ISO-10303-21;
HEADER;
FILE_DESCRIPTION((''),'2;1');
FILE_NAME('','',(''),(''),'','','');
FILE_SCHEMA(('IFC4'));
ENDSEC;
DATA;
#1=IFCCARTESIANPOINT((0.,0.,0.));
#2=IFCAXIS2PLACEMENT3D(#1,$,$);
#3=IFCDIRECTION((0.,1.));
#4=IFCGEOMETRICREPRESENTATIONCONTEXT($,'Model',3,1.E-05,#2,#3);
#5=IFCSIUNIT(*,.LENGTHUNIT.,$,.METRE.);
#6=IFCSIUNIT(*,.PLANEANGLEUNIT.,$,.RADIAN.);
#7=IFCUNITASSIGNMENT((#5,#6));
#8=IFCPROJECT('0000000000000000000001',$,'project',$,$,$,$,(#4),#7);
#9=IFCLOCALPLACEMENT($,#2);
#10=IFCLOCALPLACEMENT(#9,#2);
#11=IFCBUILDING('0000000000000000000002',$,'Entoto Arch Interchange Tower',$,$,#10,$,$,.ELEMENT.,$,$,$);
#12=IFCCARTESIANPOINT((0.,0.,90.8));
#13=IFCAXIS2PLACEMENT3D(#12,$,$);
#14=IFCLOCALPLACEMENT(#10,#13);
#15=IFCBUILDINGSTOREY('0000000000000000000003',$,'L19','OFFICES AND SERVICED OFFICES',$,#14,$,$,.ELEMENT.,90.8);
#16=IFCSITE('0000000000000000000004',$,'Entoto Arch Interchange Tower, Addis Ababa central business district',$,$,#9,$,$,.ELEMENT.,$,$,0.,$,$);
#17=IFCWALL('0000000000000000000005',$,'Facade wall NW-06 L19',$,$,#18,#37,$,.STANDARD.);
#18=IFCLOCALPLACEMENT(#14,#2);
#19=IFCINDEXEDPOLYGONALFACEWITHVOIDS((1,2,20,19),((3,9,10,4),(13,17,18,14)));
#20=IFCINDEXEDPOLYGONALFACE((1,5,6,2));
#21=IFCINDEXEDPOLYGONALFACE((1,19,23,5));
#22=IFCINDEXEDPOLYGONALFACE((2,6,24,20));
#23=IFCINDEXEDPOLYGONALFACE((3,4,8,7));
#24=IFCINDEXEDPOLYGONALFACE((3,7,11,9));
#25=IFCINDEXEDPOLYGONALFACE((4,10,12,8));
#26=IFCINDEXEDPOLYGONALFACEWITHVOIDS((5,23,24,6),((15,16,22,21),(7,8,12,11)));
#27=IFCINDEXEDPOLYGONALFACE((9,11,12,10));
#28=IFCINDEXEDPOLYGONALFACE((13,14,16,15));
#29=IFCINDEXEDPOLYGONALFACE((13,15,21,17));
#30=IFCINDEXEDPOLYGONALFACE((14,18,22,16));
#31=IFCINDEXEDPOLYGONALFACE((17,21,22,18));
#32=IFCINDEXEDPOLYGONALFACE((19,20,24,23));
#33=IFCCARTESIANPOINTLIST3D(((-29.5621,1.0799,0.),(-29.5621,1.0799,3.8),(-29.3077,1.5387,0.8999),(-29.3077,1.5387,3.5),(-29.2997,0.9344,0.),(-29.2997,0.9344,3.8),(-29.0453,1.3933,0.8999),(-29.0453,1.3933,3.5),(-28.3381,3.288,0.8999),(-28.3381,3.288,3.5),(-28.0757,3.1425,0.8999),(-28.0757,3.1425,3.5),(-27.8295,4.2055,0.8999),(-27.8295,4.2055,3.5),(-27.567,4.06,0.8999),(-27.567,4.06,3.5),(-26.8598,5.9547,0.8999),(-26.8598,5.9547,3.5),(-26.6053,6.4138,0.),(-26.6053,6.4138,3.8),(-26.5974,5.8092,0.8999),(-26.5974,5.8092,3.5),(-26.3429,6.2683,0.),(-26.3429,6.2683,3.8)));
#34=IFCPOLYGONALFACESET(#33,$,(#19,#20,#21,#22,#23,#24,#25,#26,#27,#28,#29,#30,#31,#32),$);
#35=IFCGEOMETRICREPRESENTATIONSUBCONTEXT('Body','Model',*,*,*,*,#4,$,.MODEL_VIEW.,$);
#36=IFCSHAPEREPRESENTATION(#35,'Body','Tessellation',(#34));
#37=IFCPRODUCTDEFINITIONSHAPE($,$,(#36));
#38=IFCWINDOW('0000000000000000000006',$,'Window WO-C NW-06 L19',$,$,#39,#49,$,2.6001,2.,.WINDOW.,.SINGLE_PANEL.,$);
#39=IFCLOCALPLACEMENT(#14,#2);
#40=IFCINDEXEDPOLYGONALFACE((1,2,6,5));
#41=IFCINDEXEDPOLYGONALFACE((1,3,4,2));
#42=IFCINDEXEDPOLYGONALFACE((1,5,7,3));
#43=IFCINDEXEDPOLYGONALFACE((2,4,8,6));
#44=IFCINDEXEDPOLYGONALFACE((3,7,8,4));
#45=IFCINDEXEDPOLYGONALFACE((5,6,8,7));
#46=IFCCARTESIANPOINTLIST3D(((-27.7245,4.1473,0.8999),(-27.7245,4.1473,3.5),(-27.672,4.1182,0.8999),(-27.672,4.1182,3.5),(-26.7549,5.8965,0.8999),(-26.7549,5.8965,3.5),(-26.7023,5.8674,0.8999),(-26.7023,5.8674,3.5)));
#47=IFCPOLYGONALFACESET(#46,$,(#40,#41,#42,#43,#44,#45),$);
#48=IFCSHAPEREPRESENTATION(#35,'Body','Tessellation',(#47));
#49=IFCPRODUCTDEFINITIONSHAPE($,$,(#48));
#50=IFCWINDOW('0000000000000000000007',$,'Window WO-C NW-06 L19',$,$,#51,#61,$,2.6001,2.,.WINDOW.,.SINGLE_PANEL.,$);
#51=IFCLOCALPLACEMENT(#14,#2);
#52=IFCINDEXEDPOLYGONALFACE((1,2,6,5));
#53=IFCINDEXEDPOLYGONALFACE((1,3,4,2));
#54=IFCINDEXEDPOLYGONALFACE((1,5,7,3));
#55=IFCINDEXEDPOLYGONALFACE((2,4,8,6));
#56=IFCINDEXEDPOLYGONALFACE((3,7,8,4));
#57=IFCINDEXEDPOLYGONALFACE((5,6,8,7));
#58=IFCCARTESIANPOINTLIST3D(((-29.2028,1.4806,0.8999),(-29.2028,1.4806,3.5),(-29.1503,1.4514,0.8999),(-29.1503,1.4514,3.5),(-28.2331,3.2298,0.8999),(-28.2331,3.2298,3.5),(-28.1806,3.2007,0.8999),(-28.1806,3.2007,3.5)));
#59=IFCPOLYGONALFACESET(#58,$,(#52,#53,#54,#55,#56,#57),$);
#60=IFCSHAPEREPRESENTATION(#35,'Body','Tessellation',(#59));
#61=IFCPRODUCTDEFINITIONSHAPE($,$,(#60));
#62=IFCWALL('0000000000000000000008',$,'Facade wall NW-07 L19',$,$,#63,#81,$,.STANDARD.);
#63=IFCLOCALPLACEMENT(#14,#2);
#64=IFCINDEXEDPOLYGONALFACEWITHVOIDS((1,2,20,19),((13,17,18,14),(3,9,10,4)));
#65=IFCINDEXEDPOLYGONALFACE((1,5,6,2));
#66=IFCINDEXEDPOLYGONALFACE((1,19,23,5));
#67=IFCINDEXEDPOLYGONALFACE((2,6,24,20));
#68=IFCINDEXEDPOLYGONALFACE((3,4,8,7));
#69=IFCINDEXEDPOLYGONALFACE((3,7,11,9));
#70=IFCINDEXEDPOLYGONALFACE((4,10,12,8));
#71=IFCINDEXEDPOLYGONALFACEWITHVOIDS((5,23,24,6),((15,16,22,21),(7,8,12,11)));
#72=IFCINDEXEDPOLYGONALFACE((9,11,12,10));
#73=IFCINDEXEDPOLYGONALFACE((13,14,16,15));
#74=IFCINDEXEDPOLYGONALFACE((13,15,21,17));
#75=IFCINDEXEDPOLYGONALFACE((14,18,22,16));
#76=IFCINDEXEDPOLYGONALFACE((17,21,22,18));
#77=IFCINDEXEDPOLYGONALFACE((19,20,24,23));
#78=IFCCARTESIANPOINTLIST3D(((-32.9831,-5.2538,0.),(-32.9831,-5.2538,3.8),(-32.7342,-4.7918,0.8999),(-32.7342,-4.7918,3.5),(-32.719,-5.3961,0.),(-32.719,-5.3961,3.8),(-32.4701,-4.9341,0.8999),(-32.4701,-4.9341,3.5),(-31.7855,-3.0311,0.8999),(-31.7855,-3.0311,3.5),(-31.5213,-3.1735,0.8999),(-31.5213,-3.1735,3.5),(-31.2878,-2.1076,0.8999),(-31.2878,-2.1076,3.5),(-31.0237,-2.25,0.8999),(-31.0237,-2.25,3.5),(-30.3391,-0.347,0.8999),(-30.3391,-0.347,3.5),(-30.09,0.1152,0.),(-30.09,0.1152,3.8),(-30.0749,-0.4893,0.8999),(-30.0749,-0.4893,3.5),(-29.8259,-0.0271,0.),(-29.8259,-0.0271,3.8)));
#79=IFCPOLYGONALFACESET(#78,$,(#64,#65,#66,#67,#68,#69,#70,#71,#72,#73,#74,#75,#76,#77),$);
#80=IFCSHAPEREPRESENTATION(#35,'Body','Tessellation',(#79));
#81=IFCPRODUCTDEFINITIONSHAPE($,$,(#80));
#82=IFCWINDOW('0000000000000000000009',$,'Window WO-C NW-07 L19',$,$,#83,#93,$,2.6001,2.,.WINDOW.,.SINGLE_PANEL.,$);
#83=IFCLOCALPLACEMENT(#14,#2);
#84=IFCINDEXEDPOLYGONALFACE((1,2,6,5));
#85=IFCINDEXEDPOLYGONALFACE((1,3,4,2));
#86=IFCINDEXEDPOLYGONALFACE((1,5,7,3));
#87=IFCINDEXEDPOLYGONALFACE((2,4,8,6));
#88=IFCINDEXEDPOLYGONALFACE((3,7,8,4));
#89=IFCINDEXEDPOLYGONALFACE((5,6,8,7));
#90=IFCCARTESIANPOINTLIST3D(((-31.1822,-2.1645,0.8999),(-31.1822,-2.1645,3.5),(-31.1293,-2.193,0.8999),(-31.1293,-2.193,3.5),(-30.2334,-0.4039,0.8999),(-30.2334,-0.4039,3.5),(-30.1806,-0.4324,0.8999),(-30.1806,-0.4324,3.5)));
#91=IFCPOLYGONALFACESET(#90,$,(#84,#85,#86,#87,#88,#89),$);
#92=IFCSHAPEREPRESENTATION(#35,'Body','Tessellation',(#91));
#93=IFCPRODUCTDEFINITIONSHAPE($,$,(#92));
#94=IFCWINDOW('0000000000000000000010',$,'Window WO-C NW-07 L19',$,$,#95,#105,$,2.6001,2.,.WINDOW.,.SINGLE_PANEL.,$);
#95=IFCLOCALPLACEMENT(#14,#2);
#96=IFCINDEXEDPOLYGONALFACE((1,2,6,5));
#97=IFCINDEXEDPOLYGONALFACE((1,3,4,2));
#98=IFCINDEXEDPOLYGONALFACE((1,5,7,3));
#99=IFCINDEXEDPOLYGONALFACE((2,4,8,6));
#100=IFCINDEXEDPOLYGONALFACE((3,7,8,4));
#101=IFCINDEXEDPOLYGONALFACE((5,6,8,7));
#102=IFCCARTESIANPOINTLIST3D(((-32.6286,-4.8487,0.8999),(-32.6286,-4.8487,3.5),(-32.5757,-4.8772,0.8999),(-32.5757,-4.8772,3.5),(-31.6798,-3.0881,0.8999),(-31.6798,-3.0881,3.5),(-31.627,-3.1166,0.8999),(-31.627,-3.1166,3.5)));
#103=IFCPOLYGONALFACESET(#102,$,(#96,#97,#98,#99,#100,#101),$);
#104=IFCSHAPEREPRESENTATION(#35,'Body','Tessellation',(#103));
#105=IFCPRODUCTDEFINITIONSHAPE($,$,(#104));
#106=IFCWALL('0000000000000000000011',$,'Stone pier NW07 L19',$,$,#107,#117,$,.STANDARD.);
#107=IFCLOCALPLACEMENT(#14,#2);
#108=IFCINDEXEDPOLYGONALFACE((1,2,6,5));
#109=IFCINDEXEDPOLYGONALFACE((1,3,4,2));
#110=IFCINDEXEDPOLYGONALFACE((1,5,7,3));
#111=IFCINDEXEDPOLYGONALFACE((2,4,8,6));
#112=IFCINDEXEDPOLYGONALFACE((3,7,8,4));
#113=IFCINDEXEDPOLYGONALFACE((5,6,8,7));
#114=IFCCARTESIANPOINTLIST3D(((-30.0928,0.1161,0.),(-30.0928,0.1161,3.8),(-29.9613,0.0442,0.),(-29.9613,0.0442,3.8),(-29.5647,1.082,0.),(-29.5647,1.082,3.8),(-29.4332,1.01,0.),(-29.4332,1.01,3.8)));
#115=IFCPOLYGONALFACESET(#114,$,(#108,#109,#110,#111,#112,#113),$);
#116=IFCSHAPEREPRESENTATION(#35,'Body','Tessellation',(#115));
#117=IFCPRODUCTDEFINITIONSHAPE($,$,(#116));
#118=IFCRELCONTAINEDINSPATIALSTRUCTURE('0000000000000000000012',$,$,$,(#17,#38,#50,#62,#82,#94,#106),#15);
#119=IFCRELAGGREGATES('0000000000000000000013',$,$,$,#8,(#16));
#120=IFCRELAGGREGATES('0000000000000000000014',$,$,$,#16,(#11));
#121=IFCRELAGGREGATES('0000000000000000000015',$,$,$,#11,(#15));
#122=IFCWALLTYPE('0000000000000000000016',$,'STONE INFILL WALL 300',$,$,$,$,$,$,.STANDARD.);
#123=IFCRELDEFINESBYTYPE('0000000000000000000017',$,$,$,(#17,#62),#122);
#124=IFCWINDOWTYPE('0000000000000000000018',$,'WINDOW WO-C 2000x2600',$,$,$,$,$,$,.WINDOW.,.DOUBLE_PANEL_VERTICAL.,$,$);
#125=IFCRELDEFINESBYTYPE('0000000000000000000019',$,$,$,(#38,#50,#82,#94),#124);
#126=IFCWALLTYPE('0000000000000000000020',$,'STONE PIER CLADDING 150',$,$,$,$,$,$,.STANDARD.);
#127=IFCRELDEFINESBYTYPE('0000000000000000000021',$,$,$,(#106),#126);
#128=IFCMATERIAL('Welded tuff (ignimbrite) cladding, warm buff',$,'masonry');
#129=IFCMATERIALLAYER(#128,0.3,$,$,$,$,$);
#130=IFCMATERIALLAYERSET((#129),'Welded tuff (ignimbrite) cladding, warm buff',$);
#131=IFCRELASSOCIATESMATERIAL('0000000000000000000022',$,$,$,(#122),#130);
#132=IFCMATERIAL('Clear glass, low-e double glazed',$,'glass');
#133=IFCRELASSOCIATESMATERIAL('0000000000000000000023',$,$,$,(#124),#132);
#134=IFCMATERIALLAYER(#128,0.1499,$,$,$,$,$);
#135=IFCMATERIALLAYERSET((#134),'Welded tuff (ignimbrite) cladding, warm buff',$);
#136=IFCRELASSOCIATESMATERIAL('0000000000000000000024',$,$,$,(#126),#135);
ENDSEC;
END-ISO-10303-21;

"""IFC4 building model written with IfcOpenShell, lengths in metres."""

from ifc_helpers import new_model, si_unit, direction, frame, frame_2d, origin, place, context, subcontext, project, spatial, rectangle, extrude, material, layer, layer_set, type_object, element, fill, save


model = new_model("IFC4")

# Units and contexts
model_context = context("Model", 3, precision=1e-05, world=origin(), true_north=direction((0.0, 1.0)))
body_context = subcontext(model_context, "Body", "Model", "MODEL_VIEW")
ifc_project = project(units=[si_unit("LENGTHUNIT", "METRE"), si_unit("PLANEANGLEUNIT", "RADIAN")], contexts=[model_context])

# Site, building, storey
site_placement = place(None, origin())
site = spatial("IfcSite", under=ifc_project, at=site_placement, Name="Entoto Arch Interchange Tower, Addis Ababa central business district", CompositionType="ELEMENT", RefElevation=0.0)
building_placement = place(site_placement, origin())
building = spatial("IfcBuilding", under=site, at=building_placement, Name="Entoto Arch Interchange Tower", CompositionType="ELEMENT")
storey_placement = place(building_placement, frame((0.0, 0.0, 90.8)))
storey = spatial("IfcBuildingStorey", under=building, at=storey_placement, Name="L19", Description="OFFICES AND SERVICED OFFICES", CompositionType="ELEMENT", Elevation=90.8)

# Walls, openings, windows
ifc_material_1 = material(Name="Welded tuff (ignimbrite) cladding, warm buff", Category="masonry")
ifc_layer_1 = layer(ifc_material_1, 0.3)
ifc_layer_set_1 = layer_set([ifc_layer_1], Name="Welded tuff (ignimbrite) cladding, warm buff")
wall_type_1 = type_object("IfcWallType", Name="STONE INFILL WALL 300", PredefinedType="STANDARD", material=ifc_layer_set_1)
wall_1_placement = place(storey_placement, frame((-26.4741, 6.3411, 0.0), z_axis=(0.0, 0.0, 1.0), x_axis=(-0.484824, -0.874612, 0.0)))
wall_1 = element("IfcWall", 1, at=wall_1_placement, inside=storey, type_object=wall_type_1, Name="Facade wall NW-06 L19", PredefinedType="STANDARD", context=body_context, shape_type="SweptSolid", body=[
    extrude(rectangle(XDim=6.0986, YDim=0.3, at=frame_2d((3.0493, 0.0))), origin(), (0.0, 0.0, 1.0), 3.8),
])
opening_1_placement = place(wall_1_placement, frame((0.5249, 0.0, 0.8999)))
opening_1 = element("IfcOpeningElement", 2, at=opening_1_placement, cuts=wall_1, PredefinedType="OPENING", context=body_context, shape_type="SweptSolid", body=[
    extrude(rectangle(XDim=2.0, YDim=2.6001, at=frame_2d((1.0, 1.3))), frame((0.0, 0.1602, 0.0), z_axis=(0.0, -1.0, 0.0), x_axis=(1.0, 0.0, 0.0)), (0.0, 0.0, 1.0), 0.3201),
])
opening_2_placement = place(wall_1_placement, frame((3.574, 0.0, 0.8999)))
opening_2 = element("IfcOpeningElement", 3, at=opening_2_placement, cuts=wall_1, PredefinedType="OPENING", context=body_context, shape_type="SweptSolid", body=[
    extrude(rectangle(XDim=2.0, YDim=2.6001, at=frame_2d((1.0, 1.3))), frame((0.0, 0.1602, 0.0), z_axis=(0.0, -1.0, 0.0), x_axis=(1.0, 0.0, 0.0)), (0.0, 0.0, 1.0), 0.3201),
])
ifc_material_2 = material(Name="Clear glass, low-e double glazed", Category="glass")
window_type = type_object("IfcWindowType", Name="WINDOW WO-C 2000x2600", PartitioningType="DOUBLE_PANEL_VERTICAL", PredefinedType="WINDOW", material=ifc_material_2)
window_1_placement = place(opening_1_placement, origin())
window_1 = element("IfcWindow", 4, at=window_1_placement, inside=storey, type_object=window_type, Name="Window WO-C NW-06 L19", OverallHeight=2.6001, OverallWidth=2.0, PartitioningType="SINGLE_PANEL", PredefinedType="WINDOW", context=body_context, shape_type="SweptSolid", body=[
    extrude(rectangle(XDim=2.0, YDim=2.6001, at=frame_2d((1.0, 1.3))), frame((0.0, 0.03, 0.0), z_axis=(0.0, -1.0, 0.0), x_axis=(1.0, 0.0, 0.0)), (0.0, 0.0, 1.0), 0.0601),
])
fill(opening_1, window_1)
window_2_placement = place(opening_2_placement, origin())
window_2 = element("IfcWindow", 5, at=window_2_placement, inside=storey, type_object=window_type, Name="Window WO-C NW-06 L19", OverallHeight=2.6001, OverallWidth=2.0, PartitioningType="SINGLE_PANEL", PredefinedType="WINDOW", context=body_context, shape_type="SweptSolid", body=[
    extrude(rectangle(XDim=2.0, YDim=2.6001, at=frame_2d((1.0, 1.3))), frame((0.0, 0.03, 0.0), z_axis=(0.0, -1.0, 0.0), x_axis=(1.0, 0.0, 0.0)), (0.0, 0.0, 1.0), 0.0601),
])
fill(opening_2, window_2)
wall_2_placement = place(storey_placement, frame((-29.958, 0.0439, 0.0), z_axis=(0.0, 0.0, 1.0), x_axis=(-0.47437, -0.880326, 0.0)))
wall_2 = element("IfcWall", 6, at=wall_2_placement, inside=storey, type_object=wall_type_1, Name="Facade wall NW-07 L19", PredefinedType="STANDARD", context=body_context, shape_type="SweptSolid", body=[
    extrude(rectangle(XDim=6.0989, YDim=0.3, at=frame_2d((3.0493, 0.0))), origin(), (0.0, 0.0, 1.0), 3.8),
])
opening_3_placement = place(wall_2_placement, frame((0.5249, 0.0, 0.8999)))
opening_3 = element("IfcOpeningElement", 7, at=opening_3_placement, cuts=wall_2, PredefinedType="OPENING", context=body_context, shape_type="SweptSolid", body=[
    extrude(rectangle(XDim=2.0, YDim=2.6001, at=frame_2d((1.0, 1.3))), frame((0.0, 0.1602, 0.0), z_axis=(0.0, -1.0, 0.0), x_axis=(1.0, 0.0, 0.0)), (0.0, 0.0, 1.0), 0.3201),
])
opening_4_placement = place(wall_2_placement, frame((3.574, 0.0, 0.8999)))
opening_4 = element("IfcOpeningElement", 8, at=opening_4_placement, cuts=wall_2, PredefinedType="OPENING", context=body_context, shape_type="SweptSolid", body=[
    extrude(rectangle(XDim=2.0, YDim=2.6001, at=frame_2d((1.0, 1.3))), frame((0.0, 0.1602, 0.0), z_axis=(0.0, -1.0, 0.0), x_axis=(1.0, 0.0, 0.0)), (0.0, 0.0, 1.0), 0.3201),
])
window_3_placement = place(opening_3_placement, origin())
window_3 = element("IfcWindow", 9, at=window_3_placement, inside=storey, type_object=window_type, Name="Window WO-C NW-07 L19", OverallHeight=2.6001, OverallWidth=2.0, PartitioningType="SINGLE_PANEL", PredefinedType="WINDOW", context=body_context, shape_type="SweptSolid", body=[
    extrude(rectangle(XDim=2.0, YDim=2.6001, at=frame_2d((1.0, 1.3))), frame((0.0, 0.03, 0.0), z_axis=(0.0, -1.0, 0.0), x_axis=(1.0, 0.0, 0.0)), (0.0, 0.0, 1.0), 0.0601),
])
fill(opening_3, window_3)
window_4_placement = place(opening_4_placement, origin())
window_4 = element("IfcWindow", 10, at=window_4_placement, inside=storey, type_object=window_type, Name="Window WO-C NW-07 L19", OverallHeight=2.6001, OverallWidth=2.0, PartitioningType="SINGLE_PANEL", PredefinedType="WINDOW", context=body_context, shape_type="SweptSolid", body=[
    extrude(rectangle(XDim=2.0, YDim=2.6001, at=frame_2d((1.0, 1.3))), frame((0.0, 0.03, 0.0), z_axis=(0.0, -1.0, 0.0), x_axis=(1.0, 0.0, 0.0)), (0.0, 0.0, 1.0), 0.0601),
])
fill(opening_4, window_4)

# Wall
ifc_layer_2 = layer(ifc_material_1, 0.1499)
ifc_layer_set_2 = layer_set([ifc_layer_2], Name="Welded tuff (ignimbrite) cladding, warm buff")
wall_type_2 = type_object("IfcWallType", Name="STONE PIER CLADDING 150", PredefinedType="STANDARD", material=ifc_layer_set_2)
wall_3_placement = place(storey_placement, frame((-29.499, 1.0459, 0.0), z_axis=(0.0, 0.0, 1.0), x_axis=(-0.479738, -0.877412, 0.0)))
element("IfcWall", 11, at=wall_3_placement, inside=storey, type_object=wall_type_2, Name="Stone pier NW07 L19", PredefinedType="STANDARD", context=body_context, shape_type="SweptSolid", body=[
    extrude(rectangle(XDim=1.1008, YDim=0.1499, at=frame_2d((0.5503, 0.0))), origin(), (0.0, 0.0, 1.0), 3.8),
])

save(model, "model.ifc")
